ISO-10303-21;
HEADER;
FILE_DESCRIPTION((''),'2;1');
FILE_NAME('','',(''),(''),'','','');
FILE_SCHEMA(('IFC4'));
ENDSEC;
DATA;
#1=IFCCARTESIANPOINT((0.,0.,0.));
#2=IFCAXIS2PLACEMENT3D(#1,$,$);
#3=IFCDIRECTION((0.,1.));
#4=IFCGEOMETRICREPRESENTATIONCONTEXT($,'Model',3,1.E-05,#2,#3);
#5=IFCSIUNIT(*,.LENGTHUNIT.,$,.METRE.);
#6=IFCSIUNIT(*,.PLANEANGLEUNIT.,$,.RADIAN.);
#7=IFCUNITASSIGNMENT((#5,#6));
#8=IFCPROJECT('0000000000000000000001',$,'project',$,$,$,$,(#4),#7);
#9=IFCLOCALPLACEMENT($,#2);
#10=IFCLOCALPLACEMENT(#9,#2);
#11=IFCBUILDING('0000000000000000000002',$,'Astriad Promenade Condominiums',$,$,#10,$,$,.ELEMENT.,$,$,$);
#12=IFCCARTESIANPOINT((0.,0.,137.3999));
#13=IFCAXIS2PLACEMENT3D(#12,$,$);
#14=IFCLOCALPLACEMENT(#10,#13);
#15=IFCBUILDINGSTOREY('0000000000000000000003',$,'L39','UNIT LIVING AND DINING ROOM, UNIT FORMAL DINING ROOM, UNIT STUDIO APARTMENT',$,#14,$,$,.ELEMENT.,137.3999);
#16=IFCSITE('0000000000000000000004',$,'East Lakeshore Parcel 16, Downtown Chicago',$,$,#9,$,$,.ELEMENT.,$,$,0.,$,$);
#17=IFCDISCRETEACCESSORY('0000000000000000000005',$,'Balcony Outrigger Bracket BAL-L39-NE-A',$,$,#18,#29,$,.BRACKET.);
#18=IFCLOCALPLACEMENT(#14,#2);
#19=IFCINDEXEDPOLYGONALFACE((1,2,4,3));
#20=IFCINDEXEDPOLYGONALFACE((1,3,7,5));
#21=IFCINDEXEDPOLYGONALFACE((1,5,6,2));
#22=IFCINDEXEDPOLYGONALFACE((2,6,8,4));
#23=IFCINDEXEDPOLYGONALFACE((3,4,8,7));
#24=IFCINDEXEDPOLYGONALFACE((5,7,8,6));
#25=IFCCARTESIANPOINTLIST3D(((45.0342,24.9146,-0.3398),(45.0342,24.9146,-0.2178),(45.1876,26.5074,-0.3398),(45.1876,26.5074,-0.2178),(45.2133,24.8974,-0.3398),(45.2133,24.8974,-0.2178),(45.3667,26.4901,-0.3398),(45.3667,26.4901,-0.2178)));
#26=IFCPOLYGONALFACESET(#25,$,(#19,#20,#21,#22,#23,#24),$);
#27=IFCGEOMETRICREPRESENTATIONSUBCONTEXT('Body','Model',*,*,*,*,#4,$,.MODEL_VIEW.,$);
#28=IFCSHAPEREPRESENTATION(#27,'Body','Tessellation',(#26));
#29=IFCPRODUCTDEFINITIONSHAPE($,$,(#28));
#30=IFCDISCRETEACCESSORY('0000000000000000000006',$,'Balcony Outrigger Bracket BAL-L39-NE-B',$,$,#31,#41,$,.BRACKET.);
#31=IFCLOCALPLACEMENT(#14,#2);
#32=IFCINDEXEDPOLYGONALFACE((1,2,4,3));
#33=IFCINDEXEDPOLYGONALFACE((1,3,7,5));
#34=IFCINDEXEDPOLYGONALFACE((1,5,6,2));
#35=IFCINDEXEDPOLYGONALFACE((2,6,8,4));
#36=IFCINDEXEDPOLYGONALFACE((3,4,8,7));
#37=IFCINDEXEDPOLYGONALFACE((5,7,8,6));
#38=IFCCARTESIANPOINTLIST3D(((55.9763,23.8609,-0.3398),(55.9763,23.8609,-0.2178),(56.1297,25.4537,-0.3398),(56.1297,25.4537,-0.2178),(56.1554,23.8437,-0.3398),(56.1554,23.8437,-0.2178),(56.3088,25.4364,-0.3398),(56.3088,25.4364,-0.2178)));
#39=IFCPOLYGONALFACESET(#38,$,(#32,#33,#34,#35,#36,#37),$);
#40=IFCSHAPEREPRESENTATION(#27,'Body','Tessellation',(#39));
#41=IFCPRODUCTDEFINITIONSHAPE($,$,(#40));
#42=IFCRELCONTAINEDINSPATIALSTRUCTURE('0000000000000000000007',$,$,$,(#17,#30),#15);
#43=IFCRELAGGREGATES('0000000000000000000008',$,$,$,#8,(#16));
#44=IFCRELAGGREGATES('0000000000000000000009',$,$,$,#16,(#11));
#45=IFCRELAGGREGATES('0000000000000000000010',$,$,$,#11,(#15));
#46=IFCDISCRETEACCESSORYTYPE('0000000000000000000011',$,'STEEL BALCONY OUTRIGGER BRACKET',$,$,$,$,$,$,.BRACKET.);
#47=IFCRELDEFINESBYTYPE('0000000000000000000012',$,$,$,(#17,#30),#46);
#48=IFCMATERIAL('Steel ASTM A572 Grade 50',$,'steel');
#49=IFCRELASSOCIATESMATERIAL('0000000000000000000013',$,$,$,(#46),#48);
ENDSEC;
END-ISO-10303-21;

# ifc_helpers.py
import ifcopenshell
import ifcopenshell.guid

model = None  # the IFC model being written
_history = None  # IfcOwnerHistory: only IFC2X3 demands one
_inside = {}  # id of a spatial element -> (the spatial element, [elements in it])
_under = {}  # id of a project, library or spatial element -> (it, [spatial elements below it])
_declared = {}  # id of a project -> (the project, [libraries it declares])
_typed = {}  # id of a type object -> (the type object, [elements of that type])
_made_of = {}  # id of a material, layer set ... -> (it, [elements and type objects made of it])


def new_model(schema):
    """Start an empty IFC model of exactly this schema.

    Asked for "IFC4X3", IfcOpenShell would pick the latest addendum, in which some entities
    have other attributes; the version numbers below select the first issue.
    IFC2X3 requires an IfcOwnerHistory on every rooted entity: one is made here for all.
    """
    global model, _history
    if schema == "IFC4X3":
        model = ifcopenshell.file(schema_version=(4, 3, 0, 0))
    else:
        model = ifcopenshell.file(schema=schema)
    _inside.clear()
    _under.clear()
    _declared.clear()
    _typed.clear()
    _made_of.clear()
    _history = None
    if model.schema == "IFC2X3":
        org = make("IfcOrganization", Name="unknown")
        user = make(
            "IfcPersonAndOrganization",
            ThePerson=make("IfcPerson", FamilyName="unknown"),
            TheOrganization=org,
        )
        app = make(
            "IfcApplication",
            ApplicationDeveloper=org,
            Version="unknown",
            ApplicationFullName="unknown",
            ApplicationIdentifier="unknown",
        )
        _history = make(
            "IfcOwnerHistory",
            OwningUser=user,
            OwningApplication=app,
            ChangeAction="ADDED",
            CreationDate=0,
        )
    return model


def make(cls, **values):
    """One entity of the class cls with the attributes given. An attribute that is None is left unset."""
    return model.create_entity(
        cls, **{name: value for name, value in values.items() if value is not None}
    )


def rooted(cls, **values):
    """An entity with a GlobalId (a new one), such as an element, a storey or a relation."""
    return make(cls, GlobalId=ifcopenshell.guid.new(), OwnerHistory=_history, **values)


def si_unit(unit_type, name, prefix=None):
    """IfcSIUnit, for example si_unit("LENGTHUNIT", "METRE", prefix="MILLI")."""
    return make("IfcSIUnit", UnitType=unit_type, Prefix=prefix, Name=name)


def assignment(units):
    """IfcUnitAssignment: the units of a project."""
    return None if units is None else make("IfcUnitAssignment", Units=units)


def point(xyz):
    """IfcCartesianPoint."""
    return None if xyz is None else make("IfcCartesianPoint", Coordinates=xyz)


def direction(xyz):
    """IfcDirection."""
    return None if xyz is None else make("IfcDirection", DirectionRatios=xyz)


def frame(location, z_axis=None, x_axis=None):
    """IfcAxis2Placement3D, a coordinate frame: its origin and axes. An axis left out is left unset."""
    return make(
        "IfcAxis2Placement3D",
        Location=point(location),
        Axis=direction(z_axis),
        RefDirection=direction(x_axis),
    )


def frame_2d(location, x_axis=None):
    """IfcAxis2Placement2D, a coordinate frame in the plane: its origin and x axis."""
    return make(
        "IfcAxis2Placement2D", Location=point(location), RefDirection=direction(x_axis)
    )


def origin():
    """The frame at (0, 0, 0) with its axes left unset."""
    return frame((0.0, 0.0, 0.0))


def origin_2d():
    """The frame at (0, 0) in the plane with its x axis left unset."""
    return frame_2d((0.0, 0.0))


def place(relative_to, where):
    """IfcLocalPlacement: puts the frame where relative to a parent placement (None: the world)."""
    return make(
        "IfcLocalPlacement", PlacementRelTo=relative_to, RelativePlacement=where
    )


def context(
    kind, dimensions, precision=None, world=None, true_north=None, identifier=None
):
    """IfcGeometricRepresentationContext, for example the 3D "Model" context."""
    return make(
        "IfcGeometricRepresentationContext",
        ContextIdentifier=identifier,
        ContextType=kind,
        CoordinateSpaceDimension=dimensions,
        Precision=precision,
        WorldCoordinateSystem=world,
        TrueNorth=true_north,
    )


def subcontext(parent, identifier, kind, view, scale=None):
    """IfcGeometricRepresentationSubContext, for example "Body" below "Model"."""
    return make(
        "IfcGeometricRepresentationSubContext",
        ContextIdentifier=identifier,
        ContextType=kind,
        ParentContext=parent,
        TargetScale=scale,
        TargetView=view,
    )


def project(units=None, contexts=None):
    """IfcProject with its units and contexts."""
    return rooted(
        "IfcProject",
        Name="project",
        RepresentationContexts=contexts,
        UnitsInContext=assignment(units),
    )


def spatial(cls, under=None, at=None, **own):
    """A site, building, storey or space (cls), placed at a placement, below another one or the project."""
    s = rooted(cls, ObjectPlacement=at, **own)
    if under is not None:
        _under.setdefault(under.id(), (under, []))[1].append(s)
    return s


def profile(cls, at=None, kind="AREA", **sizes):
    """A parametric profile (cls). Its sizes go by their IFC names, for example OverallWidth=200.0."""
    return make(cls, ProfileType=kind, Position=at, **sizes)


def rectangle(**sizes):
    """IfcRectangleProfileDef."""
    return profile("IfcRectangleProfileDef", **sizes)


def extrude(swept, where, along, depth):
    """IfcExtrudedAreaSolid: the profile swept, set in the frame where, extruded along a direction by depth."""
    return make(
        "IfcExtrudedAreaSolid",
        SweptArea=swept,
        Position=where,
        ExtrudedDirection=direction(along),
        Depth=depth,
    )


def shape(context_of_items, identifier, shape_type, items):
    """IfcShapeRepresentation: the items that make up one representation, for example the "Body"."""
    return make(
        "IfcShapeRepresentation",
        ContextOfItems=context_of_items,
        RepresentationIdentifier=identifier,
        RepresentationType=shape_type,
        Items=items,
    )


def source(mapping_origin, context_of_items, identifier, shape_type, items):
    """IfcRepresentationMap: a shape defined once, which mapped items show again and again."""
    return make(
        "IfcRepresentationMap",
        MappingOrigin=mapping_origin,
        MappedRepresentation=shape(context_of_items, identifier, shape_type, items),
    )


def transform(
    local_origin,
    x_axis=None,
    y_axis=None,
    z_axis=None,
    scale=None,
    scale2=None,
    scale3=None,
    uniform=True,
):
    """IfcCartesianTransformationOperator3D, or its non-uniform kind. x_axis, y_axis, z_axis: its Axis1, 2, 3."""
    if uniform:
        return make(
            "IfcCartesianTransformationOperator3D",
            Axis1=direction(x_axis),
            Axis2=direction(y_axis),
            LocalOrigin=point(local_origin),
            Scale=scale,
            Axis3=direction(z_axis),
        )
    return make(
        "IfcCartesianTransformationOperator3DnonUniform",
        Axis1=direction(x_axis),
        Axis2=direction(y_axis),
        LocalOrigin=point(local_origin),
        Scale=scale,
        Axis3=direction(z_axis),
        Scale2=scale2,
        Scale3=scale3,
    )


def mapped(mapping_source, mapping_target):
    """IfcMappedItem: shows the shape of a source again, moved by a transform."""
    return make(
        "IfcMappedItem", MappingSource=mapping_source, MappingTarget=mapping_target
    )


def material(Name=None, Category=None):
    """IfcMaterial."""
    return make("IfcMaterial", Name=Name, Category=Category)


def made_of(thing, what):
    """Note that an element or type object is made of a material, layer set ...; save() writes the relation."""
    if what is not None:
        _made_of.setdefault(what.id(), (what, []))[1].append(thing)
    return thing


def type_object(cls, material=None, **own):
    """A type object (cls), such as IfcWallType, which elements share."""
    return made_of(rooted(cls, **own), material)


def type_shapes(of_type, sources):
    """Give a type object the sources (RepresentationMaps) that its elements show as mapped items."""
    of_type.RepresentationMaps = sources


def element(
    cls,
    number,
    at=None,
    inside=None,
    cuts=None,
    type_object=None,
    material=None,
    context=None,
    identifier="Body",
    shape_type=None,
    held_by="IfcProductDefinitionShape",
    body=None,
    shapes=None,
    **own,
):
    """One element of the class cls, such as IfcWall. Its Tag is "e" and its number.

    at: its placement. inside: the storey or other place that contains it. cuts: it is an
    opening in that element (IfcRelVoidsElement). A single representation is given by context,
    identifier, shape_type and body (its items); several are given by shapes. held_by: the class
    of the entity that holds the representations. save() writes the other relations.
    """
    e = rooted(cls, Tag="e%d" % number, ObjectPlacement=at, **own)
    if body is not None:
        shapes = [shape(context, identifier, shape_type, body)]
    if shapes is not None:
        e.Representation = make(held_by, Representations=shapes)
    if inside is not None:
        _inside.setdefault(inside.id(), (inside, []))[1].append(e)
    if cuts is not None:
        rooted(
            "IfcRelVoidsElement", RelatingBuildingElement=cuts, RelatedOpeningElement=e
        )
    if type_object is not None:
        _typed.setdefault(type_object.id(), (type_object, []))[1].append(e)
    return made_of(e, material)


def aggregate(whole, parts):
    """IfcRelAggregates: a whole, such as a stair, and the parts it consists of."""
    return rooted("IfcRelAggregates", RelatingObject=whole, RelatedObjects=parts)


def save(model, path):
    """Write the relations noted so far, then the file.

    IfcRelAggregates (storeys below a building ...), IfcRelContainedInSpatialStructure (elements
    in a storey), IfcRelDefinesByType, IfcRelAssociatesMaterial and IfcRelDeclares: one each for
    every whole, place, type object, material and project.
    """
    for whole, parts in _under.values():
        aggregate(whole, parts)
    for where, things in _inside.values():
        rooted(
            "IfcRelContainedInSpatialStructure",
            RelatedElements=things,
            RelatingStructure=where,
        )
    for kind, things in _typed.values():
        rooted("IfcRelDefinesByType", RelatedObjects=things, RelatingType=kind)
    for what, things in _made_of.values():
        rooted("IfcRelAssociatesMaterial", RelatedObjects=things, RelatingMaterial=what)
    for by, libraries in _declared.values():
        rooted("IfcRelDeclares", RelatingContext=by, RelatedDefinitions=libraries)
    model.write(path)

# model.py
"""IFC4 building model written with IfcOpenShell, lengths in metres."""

from ifc_helpers import new_model, si_unit, direction, frame, origin, origin_2d, place, context, subcontext, project, spatial, rectangle, extrude, source, transform, mapped, material, type_object, type_shapes, element, save


model = new_model("IFC4")

# Units and contexts
model_context = context("Model", 3, precision=1e-05, world=origin(), true_north=direction((0.0, 1.0)))
body_context = subcontext(model_context, "Body", "Model", "MODEL_VIEW")
ifc_project = project(units=[si_unit("LENGTHUNIT", "METRE"), si_unit("PLANEANGLEUNIT", "RADIAN")], contexts=[model_context])

# Site, building, storey
site_placement = place(None, origin())
site = spatial("IfcSite", under=ifc_project, at=site_placement, Name="East Lakeshore Parcel 16, Downtown Chicago", CompositionType="ELEMENT", RefElevation=0.0)
building_placement = place(site_placement, origin())
building = spatial("IfcBuilding", under=site, at=building_placement, Name="Astriad Promenade Condominiums", CompositionType="ELEMENT")
storey_placement = place(building_placement, frame((0.0, 0.0, 137.3999)))
storey = spatial("IfcBuildingStorey", under=building, at=storey_placement, Name="L39", Description="UNIT LIVING AND DINING ROOM, UNIT FORMAL DINING ROOM, UNIT STUDIO APARTMENT", CompositionType="ELEMENT", Elevation=137.3999)

# Discrete accessories
ifc_material_1 = material(Name="Steel ASTM A572 Grade 50", Category="steel")
discrete_accessory_type = type_object("IfcDiscreteAccessoryType", Name="STEEL BALCONY OUTRIGGER BRACKET", PredefinedType="BRACKET", material=ifc_material_1)
shared_shape_1 = source(origin(), body_context, "Body", "SweptSolid", [
    extrude(rectangle(XDim=1.6001, YDim=0.1799, at=origin_2d()), origin(), (0.0, 0.0, 1.0), 0.1221),
])
type_shapes(discrete_accessory_type, [shared_shape_1])
for number, where, z_axis, x_axis, name in (
    (1, (45.2004, 25.7024, -0.3398), (0.0, 0.0, 1.0), (0.095846, 0.995396, 0.0), "Balcony Outrigger Bracket BAL-L39-NE-A"),
    (2, (56.1426, 24.6487, -0.3398), (0.0, 0.0, 1.0), (0.095846, 0.995396, 0.0), "Balcony Outrigger Bracket BAL-L39-NE-B"),
):
    element("IfcDiscreteAccessory", number, at=place(storey_placement, frame(where, z_axis=z_axis, x_axis=x_axis)), inside=storey, type_object=discrete_accessory_type, Name=name, PredefinedType="BRACKET", context=body_context, shape_type="MappedRepresentation", body=[
        mapped(shared_shape_1, transform((0.0, 0.0, 0.0), scale=1.0)),
    ])

save(model, "model.ifc")
